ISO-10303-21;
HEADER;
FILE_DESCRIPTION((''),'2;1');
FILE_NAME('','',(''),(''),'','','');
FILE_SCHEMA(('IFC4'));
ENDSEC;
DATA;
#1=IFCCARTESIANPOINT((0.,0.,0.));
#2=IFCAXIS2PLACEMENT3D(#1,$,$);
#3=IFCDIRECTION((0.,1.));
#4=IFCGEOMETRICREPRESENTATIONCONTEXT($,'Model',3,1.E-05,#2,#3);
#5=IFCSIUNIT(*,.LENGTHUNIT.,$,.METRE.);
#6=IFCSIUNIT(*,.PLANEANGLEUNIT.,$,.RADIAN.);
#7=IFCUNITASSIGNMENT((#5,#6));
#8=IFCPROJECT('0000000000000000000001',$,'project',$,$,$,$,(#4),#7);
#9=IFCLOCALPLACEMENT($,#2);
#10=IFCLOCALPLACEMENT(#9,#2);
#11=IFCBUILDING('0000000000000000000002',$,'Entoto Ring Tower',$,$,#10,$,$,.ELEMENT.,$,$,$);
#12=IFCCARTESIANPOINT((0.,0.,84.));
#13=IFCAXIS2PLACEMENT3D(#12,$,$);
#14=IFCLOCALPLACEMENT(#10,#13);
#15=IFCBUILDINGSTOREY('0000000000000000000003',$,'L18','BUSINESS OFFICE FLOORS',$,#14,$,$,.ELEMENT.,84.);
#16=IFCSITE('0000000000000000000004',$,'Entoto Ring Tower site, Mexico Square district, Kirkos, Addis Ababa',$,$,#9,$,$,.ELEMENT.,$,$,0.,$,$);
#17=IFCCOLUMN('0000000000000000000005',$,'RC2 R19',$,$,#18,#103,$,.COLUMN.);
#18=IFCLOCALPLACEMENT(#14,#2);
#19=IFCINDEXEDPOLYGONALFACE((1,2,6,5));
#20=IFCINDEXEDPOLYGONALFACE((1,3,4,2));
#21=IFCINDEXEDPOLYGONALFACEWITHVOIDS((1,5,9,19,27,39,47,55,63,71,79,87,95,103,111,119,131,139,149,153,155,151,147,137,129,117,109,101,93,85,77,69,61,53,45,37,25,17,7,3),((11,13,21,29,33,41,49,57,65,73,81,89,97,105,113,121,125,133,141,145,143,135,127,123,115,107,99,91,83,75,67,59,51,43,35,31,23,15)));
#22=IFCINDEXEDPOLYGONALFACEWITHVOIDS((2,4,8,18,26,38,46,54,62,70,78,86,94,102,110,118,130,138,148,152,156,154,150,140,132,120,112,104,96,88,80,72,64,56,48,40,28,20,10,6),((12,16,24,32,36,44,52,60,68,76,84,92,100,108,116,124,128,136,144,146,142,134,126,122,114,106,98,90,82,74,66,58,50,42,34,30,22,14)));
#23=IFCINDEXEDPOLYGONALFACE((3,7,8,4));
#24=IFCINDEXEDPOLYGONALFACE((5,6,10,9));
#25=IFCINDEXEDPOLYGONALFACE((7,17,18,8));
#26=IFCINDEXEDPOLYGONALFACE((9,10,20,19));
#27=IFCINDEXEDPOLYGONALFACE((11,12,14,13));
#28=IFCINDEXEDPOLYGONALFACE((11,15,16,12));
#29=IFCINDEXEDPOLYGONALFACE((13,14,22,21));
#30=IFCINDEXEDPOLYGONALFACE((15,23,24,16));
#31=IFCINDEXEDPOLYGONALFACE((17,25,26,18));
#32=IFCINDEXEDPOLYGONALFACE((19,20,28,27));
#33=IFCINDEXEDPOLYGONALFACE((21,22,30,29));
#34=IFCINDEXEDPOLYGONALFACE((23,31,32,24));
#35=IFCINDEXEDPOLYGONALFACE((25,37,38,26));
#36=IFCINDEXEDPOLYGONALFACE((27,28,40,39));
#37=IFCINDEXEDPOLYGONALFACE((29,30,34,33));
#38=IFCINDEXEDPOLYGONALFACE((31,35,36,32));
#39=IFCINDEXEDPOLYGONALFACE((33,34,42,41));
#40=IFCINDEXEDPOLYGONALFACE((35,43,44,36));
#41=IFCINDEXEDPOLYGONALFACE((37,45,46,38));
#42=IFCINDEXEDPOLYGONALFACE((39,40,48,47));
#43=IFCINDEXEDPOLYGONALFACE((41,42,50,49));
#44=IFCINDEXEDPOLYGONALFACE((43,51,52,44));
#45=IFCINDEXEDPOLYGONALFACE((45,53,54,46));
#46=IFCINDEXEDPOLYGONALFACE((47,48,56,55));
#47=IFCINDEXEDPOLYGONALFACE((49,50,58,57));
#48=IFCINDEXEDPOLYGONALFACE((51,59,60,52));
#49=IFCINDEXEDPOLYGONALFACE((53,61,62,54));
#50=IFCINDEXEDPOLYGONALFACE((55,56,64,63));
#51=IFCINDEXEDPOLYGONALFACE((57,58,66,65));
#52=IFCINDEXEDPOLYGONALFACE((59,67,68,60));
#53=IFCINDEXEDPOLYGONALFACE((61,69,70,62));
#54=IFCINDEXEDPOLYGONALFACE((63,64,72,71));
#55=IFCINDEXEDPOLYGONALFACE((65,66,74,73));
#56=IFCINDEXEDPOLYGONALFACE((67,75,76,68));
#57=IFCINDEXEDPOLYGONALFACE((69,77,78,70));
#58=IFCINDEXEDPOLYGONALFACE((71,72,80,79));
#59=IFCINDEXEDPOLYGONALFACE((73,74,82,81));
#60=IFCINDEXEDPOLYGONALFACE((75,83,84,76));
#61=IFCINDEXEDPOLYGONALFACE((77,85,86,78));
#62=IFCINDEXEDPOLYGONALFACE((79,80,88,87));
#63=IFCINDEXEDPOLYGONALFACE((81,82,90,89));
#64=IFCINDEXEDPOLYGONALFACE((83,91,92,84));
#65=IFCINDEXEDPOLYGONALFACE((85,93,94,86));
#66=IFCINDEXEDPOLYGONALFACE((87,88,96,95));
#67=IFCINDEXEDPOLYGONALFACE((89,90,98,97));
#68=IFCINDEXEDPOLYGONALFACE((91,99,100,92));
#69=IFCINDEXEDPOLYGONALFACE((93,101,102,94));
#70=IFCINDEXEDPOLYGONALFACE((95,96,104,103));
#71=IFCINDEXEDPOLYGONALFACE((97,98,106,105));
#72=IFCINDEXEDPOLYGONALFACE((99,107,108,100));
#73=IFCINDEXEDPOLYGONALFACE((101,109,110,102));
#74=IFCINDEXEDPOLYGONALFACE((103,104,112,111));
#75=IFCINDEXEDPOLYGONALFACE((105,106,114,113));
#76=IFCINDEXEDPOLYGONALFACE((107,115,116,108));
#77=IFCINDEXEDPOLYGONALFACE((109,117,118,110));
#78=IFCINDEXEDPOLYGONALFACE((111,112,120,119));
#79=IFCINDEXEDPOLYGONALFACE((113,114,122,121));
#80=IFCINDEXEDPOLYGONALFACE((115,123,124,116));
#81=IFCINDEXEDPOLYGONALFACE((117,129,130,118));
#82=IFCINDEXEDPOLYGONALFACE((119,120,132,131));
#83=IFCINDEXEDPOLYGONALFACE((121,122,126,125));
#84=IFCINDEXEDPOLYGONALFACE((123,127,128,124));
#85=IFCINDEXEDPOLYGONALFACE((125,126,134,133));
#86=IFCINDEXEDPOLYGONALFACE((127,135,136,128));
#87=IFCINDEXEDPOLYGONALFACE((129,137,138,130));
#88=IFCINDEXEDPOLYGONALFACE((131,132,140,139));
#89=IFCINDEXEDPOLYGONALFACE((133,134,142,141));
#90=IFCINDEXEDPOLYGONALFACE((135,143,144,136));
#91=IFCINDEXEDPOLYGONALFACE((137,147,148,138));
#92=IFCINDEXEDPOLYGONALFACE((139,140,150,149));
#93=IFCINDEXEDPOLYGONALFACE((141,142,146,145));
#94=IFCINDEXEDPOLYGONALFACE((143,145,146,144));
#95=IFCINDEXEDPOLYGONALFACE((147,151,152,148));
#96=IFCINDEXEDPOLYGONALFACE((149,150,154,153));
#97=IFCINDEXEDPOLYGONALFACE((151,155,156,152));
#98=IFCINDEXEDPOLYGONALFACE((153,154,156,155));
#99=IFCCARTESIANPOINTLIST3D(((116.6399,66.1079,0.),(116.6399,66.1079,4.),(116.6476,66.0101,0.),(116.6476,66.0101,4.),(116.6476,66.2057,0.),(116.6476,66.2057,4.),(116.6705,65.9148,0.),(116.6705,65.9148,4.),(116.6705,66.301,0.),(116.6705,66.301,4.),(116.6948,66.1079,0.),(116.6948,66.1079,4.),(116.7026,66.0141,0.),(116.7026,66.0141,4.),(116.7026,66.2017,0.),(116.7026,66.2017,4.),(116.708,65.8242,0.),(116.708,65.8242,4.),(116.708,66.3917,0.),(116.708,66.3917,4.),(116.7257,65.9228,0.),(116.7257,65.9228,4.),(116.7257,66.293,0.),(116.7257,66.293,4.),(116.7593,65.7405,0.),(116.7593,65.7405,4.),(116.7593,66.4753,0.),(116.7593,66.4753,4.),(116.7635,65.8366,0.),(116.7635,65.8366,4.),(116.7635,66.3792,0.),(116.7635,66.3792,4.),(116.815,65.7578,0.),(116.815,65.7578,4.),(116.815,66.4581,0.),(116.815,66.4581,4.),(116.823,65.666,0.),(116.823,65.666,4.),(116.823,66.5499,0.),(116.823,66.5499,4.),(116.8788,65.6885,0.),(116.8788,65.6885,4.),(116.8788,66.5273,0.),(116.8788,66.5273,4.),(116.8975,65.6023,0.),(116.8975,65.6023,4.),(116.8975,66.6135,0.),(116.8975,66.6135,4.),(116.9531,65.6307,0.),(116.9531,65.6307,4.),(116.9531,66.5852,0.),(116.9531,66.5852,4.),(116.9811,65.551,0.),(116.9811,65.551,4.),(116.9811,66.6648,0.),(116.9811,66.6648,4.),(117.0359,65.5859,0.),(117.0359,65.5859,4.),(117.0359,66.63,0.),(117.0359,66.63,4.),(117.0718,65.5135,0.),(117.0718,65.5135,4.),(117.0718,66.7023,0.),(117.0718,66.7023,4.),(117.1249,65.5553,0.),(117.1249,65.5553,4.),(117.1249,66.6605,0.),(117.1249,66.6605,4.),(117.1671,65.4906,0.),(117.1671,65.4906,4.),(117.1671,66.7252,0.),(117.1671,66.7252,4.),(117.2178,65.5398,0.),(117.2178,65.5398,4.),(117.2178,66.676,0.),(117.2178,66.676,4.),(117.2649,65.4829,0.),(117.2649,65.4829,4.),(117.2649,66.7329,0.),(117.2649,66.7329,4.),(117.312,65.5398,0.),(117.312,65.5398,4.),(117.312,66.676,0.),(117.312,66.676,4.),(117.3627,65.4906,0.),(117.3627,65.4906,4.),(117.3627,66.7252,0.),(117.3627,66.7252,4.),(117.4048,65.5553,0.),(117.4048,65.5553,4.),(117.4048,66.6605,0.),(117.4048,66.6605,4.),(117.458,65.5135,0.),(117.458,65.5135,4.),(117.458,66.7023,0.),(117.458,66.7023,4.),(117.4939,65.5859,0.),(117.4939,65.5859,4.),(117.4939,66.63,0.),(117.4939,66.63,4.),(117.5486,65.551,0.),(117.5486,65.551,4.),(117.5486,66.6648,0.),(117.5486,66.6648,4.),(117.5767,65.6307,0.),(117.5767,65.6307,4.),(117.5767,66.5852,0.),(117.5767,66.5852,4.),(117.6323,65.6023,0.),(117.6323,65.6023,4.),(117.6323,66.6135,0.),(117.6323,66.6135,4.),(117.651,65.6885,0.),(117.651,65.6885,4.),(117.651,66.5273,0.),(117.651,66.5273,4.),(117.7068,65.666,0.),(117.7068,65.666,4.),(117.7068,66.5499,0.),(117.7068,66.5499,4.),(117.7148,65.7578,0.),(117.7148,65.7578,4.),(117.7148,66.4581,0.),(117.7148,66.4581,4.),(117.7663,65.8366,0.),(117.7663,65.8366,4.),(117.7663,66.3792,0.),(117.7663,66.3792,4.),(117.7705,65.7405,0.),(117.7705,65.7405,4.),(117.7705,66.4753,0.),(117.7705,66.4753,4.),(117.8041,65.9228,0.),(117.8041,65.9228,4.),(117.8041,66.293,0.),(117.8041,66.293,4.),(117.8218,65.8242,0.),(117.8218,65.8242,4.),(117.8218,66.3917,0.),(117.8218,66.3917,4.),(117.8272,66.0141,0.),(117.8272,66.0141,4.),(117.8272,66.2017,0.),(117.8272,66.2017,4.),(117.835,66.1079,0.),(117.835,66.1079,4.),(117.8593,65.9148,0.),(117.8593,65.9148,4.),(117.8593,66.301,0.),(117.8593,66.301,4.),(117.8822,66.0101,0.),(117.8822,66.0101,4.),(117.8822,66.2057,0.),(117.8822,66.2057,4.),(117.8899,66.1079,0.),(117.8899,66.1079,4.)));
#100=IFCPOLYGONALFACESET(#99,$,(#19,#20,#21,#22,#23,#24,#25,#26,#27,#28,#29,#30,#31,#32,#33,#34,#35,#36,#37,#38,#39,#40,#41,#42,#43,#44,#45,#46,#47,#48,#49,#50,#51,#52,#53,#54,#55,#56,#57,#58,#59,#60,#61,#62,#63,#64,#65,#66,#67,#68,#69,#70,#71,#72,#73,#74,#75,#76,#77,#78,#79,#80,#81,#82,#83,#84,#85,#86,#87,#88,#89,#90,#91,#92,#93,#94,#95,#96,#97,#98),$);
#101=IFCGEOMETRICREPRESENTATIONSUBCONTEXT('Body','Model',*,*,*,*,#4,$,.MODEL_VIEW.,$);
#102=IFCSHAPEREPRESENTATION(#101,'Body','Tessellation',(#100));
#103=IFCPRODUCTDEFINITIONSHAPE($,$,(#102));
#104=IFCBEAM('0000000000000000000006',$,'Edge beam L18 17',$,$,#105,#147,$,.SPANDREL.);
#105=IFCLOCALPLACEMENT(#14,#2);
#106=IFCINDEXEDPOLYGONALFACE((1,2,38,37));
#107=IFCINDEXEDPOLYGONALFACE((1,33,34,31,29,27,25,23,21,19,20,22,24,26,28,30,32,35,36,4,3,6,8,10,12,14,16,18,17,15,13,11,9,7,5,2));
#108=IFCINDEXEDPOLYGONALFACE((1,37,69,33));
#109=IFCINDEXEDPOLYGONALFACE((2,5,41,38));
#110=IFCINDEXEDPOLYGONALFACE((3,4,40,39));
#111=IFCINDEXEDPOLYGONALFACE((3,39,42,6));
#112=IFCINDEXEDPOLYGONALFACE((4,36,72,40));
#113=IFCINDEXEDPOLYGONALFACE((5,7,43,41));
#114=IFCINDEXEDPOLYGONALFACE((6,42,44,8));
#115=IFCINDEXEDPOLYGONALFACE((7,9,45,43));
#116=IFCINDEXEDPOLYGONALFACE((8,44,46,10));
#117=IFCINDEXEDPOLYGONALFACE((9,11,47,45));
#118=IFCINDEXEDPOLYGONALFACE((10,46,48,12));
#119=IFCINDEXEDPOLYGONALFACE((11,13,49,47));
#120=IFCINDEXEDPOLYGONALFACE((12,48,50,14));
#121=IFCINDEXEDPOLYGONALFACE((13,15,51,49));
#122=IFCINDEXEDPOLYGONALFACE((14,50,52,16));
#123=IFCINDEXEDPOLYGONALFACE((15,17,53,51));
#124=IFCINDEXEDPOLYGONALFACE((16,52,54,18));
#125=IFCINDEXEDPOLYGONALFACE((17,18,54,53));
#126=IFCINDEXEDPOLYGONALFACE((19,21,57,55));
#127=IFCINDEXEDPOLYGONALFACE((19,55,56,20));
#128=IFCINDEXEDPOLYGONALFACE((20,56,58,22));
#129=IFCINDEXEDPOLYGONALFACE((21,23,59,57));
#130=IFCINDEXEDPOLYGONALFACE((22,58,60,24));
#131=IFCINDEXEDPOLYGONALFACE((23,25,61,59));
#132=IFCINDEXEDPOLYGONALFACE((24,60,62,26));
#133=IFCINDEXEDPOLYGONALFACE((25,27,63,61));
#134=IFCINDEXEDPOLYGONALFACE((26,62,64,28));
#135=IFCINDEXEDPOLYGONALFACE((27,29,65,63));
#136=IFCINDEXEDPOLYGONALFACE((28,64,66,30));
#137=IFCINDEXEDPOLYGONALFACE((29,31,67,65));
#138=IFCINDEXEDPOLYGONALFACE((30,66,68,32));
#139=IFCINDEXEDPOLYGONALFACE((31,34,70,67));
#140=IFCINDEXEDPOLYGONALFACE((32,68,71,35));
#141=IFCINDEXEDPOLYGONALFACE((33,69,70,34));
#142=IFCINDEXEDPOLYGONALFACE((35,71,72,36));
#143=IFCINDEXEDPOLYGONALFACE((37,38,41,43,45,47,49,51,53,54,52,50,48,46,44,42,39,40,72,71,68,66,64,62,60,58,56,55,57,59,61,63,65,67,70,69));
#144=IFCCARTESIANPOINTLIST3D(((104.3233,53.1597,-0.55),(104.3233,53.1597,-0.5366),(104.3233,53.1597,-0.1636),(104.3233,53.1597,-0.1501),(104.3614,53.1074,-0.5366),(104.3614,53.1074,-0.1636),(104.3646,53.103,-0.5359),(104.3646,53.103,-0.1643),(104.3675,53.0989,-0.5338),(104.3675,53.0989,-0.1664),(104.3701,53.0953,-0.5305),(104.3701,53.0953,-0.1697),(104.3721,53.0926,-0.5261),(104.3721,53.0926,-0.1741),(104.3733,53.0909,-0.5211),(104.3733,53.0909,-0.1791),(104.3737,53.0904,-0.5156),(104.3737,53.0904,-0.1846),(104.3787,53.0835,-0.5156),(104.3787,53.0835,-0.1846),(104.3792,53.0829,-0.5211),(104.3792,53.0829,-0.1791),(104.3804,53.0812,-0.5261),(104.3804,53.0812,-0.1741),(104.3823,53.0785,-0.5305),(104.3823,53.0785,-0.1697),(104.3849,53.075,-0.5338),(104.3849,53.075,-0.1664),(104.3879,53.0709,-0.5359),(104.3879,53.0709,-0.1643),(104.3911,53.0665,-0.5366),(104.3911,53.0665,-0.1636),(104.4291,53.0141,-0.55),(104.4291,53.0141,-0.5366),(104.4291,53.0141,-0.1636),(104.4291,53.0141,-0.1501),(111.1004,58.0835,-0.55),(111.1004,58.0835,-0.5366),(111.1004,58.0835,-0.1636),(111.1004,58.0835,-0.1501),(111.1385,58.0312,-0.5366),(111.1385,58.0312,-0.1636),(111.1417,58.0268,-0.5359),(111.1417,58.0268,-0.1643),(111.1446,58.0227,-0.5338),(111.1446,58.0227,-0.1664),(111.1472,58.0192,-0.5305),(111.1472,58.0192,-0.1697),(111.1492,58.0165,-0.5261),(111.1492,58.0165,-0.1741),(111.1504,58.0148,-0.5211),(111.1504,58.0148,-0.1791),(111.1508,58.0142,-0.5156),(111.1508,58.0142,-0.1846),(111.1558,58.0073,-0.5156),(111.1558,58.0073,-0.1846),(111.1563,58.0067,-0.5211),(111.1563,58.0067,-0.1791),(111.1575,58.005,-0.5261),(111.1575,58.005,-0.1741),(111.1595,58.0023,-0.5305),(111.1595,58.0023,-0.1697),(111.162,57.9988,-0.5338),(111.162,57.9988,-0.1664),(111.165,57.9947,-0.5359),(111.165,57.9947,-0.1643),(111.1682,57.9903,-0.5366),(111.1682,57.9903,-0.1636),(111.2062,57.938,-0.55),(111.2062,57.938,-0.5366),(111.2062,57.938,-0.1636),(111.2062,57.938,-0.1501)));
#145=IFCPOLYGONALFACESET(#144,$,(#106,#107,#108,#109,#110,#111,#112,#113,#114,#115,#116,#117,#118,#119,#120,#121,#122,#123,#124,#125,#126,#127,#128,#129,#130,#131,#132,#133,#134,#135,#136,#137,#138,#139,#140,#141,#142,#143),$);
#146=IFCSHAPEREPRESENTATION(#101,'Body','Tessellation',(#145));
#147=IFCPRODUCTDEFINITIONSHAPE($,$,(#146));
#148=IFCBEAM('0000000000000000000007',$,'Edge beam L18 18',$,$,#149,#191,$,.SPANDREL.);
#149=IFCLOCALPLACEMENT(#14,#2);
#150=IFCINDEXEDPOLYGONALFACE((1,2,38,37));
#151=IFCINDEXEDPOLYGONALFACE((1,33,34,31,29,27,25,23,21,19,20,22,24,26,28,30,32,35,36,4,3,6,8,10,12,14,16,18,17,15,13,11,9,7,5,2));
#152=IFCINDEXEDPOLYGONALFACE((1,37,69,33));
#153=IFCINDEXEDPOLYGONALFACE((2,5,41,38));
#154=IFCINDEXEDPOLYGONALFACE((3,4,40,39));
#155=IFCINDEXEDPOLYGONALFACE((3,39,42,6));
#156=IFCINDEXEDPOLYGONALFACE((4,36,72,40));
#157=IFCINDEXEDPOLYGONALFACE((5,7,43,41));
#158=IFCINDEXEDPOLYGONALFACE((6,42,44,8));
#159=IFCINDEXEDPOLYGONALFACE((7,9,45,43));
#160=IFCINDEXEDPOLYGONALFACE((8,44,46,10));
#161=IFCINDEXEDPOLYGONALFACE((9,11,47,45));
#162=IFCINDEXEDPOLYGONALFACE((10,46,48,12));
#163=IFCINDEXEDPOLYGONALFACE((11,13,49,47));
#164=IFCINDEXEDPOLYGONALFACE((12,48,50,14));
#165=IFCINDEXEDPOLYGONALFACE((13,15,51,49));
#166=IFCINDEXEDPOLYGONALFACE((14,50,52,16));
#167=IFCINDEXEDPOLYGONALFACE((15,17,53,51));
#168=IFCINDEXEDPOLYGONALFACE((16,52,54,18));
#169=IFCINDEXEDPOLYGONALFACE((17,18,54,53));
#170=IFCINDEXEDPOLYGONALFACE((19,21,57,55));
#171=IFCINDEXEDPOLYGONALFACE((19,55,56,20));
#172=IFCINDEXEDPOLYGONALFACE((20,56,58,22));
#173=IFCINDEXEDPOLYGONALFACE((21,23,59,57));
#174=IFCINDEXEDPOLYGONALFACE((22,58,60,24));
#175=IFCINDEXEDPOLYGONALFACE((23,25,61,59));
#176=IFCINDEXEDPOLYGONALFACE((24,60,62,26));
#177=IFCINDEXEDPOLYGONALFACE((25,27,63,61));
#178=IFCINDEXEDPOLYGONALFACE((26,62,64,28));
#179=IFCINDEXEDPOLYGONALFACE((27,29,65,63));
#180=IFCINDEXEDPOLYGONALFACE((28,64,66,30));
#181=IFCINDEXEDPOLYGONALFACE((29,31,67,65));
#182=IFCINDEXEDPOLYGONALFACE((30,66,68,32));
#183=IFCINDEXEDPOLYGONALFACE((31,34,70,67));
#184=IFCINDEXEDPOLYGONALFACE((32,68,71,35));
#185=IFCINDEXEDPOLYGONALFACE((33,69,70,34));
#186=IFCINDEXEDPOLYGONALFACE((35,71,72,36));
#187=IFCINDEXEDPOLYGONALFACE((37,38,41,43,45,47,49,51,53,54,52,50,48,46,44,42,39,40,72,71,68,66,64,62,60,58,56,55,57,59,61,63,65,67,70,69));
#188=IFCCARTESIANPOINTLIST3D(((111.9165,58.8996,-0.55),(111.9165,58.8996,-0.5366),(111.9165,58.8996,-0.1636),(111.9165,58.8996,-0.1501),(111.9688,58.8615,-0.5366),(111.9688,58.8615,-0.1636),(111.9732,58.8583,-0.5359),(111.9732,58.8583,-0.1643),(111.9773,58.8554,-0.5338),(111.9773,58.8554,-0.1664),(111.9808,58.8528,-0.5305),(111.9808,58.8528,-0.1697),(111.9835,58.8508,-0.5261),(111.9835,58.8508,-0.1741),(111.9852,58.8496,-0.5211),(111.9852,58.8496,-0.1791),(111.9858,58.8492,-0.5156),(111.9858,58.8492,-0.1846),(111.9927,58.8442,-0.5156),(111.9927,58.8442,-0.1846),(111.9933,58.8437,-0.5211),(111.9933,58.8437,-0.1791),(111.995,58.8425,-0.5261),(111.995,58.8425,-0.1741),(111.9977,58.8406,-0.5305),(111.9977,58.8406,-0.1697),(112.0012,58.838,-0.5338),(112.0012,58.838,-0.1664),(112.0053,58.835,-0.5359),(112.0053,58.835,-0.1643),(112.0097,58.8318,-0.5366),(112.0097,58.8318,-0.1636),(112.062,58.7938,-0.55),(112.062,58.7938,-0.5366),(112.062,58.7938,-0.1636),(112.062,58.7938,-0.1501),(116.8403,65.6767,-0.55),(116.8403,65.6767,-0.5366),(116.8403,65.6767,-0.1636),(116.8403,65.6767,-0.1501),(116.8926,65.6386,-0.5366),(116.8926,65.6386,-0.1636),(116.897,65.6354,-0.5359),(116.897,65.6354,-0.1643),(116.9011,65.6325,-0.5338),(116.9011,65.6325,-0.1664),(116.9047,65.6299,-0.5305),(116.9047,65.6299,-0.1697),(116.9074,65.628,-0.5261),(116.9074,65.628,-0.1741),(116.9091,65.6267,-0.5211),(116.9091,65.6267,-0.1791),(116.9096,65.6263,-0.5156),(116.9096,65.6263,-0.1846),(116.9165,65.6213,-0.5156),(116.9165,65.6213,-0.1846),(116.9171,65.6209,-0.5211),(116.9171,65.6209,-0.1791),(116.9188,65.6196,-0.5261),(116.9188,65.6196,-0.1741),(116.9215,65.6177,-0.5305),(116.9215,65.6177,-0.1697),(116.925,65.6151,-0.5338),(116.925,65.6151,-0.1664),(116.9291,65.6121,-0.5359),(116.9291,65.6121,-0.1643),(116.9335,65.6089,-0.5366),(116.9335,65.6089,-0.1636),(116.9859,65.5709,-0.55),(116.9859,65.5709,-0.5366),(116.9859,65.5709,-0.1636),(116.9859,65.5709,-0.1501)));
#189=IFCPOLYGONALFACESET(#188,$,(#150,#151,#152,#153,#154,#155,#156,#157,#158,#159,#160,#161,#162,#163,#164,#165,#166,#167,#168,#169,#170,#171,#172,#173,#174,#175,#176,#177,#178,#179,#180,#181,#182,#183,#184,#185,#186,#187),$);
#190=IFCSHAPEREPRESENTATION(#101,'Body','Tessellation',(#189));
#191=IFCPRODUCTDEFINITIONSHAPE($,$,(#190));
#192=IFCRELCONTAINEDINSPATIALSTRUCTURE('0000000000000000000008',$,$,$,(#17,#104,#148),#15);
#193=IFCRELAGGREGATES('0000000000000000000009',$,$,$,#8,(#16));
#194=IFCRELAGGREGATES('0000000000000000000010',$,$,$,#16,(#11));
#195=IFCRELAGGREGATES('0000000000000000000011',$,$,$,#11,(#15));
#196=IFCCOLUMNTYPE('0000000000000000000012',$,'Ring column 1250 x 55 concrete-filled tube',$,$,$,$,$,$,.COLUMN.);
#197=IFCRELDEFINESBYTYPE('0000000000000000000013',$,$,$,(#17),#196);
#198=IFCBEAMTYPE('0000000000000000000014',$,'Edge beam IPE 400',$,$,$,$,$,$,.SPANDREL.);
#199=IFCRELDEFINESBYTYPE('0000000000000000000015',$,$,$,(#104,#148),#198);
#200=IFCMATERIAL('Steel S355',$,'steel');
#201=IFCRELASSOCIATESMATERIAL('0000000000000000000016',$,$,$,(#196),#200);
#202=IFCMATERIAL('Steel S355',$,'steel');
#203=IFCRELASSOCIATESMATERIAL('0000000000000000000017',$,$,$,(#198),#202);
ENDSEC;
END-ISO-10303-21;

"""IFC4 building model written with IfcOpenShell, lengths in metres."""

from ifc_helpers import new_model, si_unit, direction, frame, origin, origin_2d, place, context, subcontext, project, spatial, circle, hollow_circle, i_section, extrude, material, material_profile, profile_set, type_object, element, save


model = new_model("IFC4")

# Units and contexts
model_context = context("Model", 3, precision=1e-05, world=origin(), true_north=direction((0.0, 1.0)))
body_context = subcontext(model_context, "Body", "Model", "MODEL_VIEW")
ifc_project = project(units=[si_unit("LENGTHUNIT", "METRE"), si_unit("PLANEANGLEUNIT", "RADIAN")], contexts=[model_context])

# Site, building, storey
site_placement = place(None, origin())
site = spatial("IfcSite", under=ifc_project, at=site_placement, Name="Entoto Ring Tower site, Mexico Square district, Kirkos, Addis Ababa", CompositionType="ELEMENT", RefElevation=0.0)
building_placement = place(site_placement, origin())
building = spatial("IfcBuilding", under=site, at=building_placement, Name="Entoto Ring Tower", CompositionType="ELEMENT")
storey_placement = place(building_placement, frame((0.0, 0.0, 84.0)))
storey = spatial("IfcBuildingStorey", under=building, at=storey_placement, Name="L18", Description="BUSINESS OFFICE FLOORS", CompositionType="ELEMENT", Elevation=84.0)

# Column
ifc_material_1 = material(Name="Steel S355", Category="steel")
ifc_material_profile_1 = material_profile(ifc_material_1, hollow_circle(Radius=0.625, WallThickness=0.0549, at=origin_2d()), Name="CHS 1250 x 55")
ifc_material_2 = material(Name="Concrete C60/75", Category="concrete")
ifc_material_profile_2 = material_profile(ifc_material_2, circle(Radius=0.5701, at=origin_2d()), Name="Concrete C60/75 infill")
ifc_profile_set_1 = profile_set([ifc_material_profile_1, ifc_material_profile_2], Name="Steel S355")
column_type = type_object("IfcColumnType", Name="Ring column 1250 x 55 concrete-filled tube", PredefinedType="COLUMN", material=ifc_profile_set_1)
for number, where, z_axis, x_axis, name in (
    (1, (117.2649, 66.1079, 0.0), (0.0, 0.0, 1.0), (1.0, 0.0, 0.0), "RC2 R19"),
):
    element("IfcColumn", number, at=place(storey_placement, frame(where, z_axis=z_axis, x_axis=x_axis)), inside=storey, type_object=column_type, Name=name, PredefinedType="COLUMN", context=body_context, shape_type="SweptSolid", body=[
        extrude(hollow_circle(Radius=0.625, WallThickness=0.0549, at=origin_2d()), origin(), (0.0, 0.0, 1.0), 4.0),
    ])

# Beams
ifc_material_3 = material(Name="Steel S355", Category="steel")
ifc_material_profile_3 = material_profile(ifc_material_3, i_section(OverallWidth=0.1799, OverallDepth=0.3999, WebThickness=0.0085, FlangeThickness=0.0134, FilletRadius=0.021, at=origin_2d()), Name="IPE 400")
ifc_profile_set_2 = profile_set([ifc_material_profile_3], Name="Steel S355")
beam_type_1 = type_object("IfcBeamType", Name="Edge beam IPE 400", PredefinedType="SPANDREL", material=ifc_profile_set_2)
for number, where, z_axis, x_axis, name in (
    (2, (104.3762, 53.0869, -0.3501), (0.809018, 0.587783, 0.0), (-0.587783, 0.809018, 0.0), "Edge beam L18 17"),
    (3, (111.9893, 58.8467, -0.3501), (0.587783, 0.809018, 0.0), (-0.809018, 0.587783, 0.0), "Edge beam L18 18"),
):
    element("IfcBeam", number, at=place(storey_placement, frame(where, z_axis=z_axis, x_axis=x_axis)), inside=storey, type_object=beam_type_1, Name=name, PredefinedType="SPANDREL", context=body_context, shape_type="SweptSolid", body=[
        extrude(i_section(OverallWidth=0.1799, OverallDepth=0.3999, WebThickness=0.0085, FlangeThickness=0.0134, FilletRadius=0.021, at=origin_2d()), origin(), (0.0, 0.0, 1.0), 8.377),
    ])

save(model, "model.ifc")
